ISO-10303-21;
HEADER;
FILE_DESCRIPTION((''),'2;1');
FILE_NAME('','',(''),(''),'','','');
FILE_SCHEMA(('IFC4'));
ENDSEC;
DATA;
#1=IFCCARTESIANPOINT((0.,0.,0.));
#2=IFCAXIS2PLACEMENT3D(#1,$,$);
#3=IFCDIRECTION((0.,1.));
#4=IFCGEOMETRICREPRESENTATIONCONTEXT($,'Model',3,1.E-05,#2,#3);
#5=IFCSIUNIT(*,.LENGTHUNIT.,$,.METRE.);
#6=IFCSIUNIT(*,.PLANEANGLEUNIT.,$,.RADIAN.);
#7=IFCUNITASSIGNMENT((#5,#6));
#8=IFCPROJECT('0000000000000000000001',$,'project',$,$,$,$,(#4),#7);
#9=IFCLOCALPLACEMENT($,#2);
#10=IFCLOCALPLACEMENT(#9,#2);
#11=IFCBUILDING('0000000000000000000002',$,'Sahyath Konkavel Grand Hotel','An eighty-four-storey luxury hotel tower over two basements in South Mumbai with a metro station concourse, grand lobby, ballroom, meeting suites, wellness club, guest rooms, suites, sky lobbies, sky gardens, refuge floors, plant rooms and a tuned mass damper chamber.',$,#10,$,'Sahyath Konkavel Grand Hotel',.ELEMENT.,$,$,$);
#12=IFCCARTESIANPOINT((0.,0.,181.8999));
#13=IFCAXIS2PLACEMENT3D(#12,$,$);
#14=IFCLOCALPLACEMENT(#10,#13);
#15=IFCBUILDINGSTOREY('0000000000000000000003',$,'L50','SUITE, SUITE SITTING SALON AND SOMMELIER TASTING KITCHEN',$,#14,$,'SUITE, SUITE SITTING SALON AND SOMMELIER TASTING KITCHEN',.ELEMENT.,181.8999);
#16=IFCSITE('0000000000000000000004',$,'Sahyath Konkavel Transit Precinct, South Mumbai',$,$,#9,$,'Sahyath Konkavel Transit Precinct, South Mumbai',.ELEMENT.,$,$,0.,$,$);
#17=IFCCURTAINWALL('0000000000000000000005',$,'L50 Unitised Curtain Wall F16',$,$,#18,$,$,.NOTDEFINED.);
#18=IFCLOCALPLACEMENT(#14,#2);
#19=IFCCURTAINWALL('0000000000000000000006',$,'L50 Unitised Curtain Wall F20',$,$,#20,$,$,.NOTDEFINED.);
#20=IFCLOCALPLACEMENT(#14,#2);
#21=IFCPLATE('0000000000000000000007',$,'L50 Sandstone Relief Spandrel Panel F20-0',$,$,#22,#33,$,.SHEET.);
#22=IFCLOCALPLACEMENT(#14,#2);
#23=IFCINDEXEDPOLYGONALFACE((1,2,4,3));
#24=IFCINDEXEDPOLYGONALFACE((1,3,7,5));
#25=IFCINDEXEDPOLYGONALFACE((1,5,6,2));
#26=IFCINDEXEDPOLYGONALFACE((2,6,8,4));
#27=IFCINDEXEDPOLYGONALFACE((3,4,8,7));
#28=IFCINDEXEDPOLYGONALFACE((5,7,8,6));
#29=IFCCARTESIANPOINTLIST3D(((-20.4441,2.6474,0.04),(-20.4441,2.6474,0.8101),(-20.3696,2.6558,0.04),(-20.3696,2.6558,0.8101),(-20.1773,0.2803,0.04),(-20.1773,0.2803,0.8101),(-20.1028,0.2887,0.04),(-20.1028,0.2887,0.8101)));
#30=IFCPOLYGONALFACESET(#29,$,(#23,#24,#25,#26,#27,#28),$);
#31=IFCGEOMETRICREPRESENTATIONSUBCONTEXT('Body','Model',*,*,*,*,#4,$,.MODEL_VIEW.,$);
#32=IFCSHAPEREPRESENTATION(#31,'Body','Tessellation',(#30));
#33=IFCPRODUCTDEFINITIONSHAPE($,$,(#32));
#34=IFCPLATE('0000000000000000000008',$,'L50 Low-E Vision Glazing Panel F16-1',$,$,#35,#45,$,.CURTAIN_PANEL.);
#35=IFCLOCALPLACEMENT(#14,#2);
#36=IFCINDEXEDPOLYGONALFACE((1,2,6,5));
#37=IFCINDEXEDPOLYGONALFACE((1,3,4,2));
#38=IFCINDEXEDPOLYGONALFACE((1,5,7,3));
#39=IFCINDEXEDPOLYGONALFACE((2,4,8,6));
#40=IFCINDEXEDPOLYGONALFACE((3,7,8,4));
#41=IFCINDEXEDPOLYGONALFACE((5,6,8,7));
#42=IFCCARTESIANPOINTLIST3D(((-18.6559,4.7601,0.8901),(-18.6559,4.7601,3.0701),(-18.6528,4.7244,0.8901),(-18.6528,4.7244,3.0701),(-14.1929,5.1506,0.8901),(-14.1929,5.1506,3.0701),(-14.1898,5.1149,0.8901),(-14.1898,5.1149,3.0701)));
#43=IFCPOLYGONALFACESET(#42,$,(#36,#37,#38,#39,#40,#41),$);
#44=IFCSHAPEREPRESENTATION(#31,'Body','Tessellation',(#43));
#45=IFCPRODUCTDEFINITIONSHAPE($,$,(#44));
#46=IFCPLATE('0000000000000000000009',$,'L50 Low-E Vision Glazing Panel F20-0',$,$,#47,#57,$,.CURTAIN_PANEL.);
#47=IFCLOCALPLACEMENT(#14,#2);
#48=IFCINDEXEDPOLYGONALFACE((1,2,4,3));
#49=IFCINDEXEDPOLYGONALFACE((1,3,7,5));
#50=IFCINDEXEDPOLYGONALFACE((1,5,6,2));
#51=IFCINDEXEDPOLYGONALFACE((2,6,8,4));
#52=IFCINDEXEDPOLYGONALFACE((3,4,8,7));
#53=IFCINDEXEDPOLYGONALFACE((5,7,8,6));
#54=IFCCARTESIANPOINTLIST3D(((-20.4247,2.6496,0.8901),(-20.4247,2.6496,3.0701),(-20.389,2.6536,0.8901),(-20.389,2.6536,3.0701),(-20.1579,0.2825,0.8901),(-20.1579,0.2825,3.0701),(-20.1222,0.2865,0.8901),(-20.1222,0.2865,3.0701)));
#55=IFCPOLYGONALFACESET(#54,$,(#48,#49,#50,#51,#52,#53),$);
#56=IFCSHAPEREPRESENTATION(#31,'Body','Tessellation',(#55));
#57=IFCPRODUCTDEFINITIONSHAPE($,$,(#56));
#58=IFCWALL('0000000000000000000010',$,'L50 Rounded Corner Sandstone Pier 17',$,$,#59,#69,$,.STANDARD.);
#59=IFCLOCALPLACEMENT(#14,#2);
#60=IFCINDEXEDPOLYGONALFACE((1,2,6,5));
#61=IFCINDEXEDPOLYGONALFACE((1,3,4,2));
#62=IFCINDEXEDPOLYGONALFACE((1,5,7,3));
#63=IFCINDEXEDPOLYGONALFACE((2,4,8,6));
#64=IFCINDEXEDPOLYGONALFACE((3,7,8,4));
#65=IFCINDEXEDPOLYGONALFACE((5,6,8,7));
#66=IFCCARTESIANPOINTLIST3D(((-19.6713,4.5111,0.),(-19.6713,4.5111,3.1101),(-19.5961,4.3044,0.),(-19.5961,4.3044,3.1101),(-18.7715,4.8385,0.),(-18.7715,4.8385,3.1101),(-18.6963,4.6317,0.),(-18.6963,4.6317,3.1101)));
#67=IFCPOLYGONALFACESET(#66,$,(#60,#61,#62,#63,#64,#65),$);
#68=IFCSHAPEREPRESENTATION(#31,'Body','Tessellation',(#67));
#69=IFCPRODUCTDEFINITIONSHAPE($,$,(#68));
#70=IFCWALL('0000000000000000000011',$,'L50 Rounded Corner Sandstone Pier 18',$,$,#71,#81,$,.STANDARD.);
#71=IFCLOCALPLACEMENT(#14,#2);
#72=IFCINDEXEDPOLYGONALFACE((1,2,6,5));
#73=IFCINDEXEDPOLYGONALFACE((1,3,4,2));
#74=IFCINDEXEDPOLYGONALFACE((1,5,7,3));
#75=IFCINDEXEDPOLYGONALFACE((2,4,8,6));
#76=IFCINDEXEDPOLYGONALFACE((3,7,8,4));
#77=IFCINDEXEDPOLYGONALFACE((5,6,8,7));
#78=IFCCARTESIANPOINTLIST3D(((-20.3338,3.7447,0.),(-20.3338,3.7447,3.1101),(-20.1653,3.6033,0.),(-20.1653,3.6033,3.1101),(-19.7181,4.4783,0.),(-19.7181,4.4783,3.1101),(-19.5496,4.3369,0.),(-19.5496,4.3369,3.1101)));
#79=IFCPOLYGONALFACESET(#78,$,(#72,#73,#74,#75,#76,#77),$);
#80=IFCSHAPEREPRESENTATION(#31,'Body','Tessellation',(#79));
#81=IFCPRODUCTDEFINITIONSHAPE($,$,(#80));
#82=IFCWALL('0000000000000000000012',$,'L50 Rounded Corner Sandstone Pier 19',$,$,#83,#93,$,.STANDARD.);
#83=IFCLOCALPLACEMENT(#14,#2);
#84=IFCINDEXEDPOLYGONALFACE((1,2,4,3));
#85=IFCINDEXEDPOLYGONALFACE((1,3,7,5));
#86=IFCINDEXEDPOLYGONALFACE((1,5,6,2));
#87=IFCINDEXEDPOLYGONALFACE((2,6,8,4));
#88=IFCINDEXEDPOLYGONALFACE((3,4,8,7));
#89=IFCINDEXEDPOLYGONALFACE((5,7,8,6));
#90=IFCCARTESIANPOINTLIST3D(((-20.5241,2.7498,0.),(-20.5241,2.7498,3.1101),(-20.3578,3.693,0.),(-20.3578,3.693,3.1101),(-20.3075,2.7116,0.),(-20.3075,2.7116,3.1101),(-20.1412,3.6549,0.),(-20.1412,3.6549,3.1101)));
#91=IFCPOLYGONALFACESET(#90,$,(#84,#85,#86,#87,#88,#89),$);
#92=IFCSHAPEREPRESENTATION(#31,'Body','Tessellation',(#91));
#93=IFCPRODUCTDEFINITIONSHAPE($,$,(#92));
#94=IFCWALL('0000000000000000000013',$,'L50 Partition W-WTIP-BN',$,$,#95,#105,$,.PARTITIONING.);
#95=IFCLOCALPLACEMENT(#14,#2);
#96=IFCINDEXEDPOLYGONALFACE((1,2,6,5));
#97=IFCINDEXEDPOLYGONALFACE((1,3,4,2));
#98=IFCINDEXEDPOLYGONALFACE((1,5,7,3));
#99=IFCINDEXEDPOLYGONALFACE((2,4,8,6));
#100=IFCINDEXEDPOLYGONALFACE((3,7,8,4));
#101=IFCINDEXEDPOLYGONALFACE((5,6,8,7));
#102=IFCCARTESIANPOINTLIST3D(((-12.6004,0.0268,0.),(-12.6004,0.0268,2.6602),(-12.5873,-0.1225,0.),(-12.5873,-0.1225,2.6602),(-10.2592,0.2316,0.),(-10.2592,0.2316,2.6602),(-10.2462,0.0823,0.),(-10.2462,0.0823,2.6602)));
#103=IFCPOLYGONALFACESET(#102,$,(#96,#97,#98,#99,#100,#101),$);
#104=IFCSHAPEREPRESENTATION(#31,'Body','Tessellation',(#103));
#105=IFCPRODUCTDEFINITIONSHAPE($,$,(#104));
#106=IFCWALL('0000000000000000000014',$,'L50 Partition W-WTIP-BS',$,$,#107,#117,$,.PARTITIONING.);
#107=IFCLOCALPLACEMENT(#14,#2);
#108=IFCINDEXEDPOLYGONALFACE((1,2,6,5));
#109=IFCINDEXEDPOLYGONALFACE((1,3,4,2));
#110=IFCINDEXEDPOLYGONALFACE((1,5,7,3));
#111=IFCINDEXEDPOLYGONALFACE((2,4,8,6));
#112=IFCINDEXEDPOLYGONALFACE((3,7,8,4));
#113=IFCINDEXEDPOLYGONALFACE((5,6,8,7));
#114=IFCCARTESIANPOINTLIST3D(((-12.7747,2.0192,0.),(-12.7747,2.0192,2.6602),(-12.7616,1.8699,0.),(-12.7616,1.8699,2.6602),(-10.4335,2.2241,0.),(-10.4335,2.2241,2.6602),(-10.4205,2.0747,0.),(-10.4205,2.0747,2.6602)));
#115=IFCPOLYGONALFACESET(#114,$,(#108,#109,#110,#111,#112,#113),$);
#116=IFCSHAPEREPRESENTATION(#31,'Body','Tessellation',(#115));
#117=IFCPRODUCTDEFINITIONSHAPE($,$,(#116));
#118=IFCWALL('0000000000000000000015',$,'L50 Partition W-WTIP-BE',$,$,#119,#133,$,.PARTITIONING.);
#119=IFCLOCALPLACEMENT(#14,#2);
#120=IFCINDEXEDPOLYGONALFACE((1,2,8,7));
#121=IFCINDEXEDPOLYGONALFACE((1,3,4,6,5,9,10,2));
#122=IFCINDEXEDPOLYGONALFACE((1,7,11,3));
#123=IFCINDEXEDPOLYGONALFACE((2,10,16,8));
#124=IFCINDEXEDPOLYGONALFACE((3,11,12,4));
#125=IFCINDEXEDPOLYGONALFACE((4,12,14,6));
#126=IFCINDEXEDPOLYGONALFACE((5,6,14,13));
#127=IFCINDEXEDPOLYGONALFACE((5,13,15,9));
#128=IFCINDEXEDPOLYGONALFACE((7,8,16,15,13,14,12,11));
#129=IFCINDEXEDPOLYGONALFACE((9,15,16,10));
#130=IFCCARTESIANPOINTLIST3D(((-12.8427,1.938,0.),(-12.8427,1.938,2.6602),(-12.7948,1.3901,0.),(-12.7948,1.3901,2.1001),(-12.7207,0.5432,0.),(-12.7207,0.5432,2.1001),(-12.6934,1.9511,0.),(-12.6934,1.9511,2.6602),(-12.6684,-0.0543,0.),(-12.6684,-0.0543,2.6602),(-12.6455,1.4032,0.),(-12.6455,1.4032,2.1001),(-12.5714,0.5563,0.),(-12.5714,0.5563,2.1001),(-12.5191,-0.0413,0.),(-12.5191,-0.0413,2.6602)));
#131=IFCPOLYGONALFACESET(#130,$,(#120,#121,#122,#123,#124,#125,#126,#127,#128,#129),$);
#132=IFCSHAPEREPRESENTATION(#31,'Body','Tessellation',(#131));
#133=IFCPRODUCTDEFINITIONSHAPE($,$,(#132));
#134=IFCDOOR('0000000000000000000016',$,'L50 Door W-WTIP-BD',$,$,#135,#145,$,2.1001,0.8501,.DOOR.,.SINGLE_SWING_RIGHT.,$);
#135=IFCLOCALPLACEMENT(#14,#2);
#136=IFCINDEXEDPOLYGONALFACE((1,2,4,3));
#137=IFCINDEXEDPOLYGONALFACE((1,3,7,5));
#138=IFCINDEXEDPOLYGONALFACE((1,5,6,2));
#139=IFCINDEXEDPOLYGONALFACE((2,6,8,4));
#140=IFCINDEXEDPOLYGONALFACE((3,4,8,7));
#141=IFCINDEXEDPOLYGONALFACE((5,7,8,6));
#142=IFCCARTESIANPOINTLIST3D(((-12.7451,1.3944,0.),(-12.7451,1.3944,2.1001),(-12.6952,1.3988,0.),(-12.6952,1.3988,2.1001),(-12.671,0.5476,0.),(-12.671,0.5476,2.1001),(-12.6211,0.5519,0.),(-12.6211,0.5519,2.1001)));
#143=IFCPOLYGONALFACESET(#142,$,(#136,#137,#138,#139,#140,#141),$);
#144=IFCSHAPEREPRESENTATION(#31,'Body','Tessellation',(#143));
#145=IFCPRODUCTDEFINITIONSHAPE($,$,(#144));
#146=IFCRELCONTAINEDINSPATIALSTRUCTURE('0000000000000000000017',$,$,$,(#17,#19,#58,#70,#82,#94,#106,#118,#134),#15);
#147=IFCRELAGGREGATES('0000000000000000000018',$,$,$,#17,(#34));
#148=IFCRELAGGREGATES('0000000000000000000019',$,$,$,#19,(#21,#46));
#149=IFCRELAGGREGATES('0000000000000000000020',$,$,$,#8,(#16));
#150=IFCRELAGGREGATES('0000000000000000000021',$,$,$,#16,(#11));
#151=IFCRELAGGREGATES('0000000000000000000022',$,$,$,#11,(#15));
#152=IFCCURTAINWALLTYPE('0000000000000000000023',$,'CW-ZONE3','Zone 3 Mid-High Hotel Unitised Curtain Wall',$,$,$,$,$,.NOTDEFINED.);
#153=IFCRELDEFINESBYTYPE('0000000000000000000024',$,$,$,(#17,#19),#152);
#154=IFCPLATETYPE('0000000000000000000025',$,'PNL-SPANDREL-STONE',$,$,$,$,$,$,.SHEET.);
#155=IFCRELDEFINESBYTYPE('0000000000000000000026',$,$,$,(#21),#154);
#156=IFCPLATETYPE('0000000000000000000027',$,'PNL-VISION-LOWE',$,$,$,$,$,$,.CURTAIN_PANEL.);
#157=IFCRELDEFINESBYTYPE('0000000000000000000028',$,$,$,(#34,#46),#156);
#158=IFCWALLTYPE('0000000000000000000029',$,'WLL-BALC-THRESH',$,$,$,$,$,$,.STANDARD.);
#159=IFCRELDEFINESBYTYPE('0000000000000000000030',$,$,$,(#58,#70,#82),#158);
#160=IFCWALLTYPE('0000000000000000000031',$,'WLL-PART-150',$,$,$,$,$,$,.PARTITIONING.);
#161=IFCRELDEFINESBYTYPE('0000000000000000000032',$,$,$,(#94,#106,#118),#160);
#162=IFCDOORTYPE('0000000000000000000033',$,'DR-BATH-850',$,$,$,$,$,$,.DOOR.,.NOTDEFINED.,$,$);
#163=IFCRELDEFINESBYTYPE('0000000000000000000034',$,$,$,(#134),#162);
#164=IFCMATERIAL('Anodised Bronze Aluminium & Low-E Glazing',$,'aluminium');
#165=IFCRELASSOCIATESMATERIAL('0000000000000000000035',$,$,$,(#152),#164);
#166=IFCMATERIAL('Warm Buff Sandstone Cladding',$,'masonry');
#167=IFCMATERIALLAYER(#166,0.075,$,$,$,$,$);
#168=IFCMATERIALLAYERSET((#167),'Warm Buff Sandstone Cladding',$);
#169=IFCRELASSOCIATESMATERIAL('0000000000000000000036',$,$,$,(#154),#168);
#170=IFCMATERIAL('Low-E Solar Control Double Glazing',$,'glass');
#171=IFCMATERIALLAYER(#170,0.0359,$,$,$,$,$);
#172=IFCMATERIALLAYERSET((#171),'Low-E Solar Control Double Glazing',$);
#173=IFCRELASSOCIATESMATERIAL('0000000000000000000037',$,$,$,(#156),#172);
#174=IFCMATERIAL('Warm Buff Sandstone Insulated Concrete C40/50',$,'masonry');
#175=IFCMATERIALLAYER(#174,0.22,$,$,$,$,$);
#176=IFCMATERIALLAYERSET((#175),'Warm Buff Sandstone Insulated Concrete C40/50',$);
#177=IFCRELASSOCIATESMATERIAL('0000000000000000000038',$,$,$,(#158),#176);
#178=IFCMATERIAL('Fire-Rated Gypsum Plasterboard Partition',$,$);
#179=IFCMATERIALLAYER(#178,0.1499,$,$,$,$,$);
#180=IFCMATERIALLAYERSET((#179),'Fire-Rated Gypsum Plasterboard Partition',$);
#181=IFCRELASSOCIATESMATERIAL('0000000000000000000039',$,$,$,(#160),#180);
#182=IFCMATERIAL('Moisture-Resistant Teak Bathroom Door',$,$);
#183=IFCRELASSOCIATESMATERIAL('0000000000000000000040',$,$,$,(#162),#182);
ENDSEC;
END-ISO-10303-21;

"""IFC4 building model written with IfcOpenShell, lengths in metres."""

from ifc_helpers import new_model, si_unit, direction, frame, frame_2d, origin, origin_2d, place, context, subcontext, project, spatial, rectangle, extrude, source, transform, mapped, material, layer, layer_set, type_object, element, fill, aggregate, save


model = new_model("IFC4")

# Units and contexts
model_context = context("Model", 3, precision=1e-05, world=origin(), true_north=direction((0.0, 1.0)))
body_context = subcontext(model_context, "Body", "Model", "MODEL_VIEW")
ifc_project = project(units=[si_unit("LENGTHUNIT", "METRE"), si_unit("PLANEANGLEUNIT", "RADIAN")], contexts=[model_context])

# Site, building, storey
site_placement = place(None, origin())
site = spatial("IfcSite", under=ifc_project, at=site_placement, Name="Sahyath Konkavel Transit Precinct, South Mumbai", LongName="Sahyath Konkavel Transit Precinct, South Mumbai", CompositionType="ELEMENT", RefElevation=0.0)
building_placement = place(site_placement, origin())
building = spatial("IfcBuilding", under=site, at=building_placement, Name="Sahyath Konkavel Grand Hotel", Description="An eighty-four-storey luxury hotel tower over two basements in South Mumbai with a metro station concourse, grand lobby, ballroom, meeting suites, wellness club, guest rooms, suites, sky lobbies, sky gardens, refuge floors, plant rooms and a tuned mass damper chamber.", LongName="Sahyath Konkavel Grand Hotel", CompositionType="ELEMENT")
storey_placement = place(building_placement, frame((0.0, 0.0, 181.8999)))
storey = spatial("IfcBuildingStorey", under=building, at=storey_placement, Name="L50", Description="SUITE, SUITE SITTING SALON AND SOMMELIER TASTING KITCHEN", LongName="SUITE, SUITE SITTING SALON AND SOMMELIER TASTING KITCHEN", CompositionType="ELEMENT", Elevation=181.8999)

# Curtain walls
ifc_material_1 = material(Name="Anodised Bronze Aluminium & Low-E Glazing", Category="aluminium")
curtain_wall_type = type_object("IfcCurtainWallType", Name="CW-ZONE3", Description="Zone 3 Mid-High Hotel Unitised Curtain Wall", PredefinedType="NOTDEFINED", material=ifc_material_1)
curtain_wall_1_placement = place(storey_placement, origin())
curtain_wall_1 = element("IfcCurtainWall", 1, at=curtain_wall_1_placement, inside=storey, type_object=curtain_wall_type, Name="L50 Unitised Curtain Wall F16", PredefinedType="NOTDEFINED")
curtain_wall_2_placement = place(storey_placement, origin())
curtain_wall_2 = element("IfcCurtainWall", 2, at=curtain_wall_2_placement, inside=storey, type_object=curtain_wall_type, Name="L50 Unitised Curtain Wall F20", PredefinedType="NOTDEFINED")

# Plates
ifc_material_2 = material(Name="Warm Buff Sandstone Cladding", Category="masonry")
ifc_layer_1 = layer(ifc_material_2, 0.075)
ifc_layer_set_1 = layer_set([ifc_layer_1], Name="Warm Buff Sandstone Cladding")
plate_type_1 = type_object("IfcPlateType", Name="PNL-SPANDREL-STONE", PredefinedType="SHEET", material=ifc_layer_set_1)
shared_shape_1 = source(origin(), body_context, "Body", "SweptSolid", [
    extrude(rectangle(XDim=2.3821, YDim=0.075, at=origin_2d()), origin(), (0.0, 0.0, 1.0), 0.77),
])
plate_1_placement = place(storey_placement, frame((-20.2734, 1.468, 0.04), z_axis=(0.0, 0.0, 1.0), x_axis=(0.111989, -0.993709, 0.0)))
plate_1 = element("IfcPlate", 3, at=plate_1_placement, type_object=plate_type_1, Name="L50 Sandstone Relief Spandrel Panel F20-0", PredefinedType="SHEET", context=body_context, shape_type="MappedRepresentation", body=[
    mapped(shared_shape_1, transform((0.0, 0.0, 0.0), scale=1.0)),
])
ifc_material_3 = material(Name="Low-E Solar Control Double Glazing", Category="glass")
ifc_layer_2 = layer(ifc_material_3, 0.0359)
ifc_layer_set_2 = layer_set([ifc_layer_2], Name="Low-E Solar Control Double Glazing")
plate_type_2 = type_object("IfcPlateType", Name="PNL-VISION-LOWE", PredefinedType="CURTAIN_PANEL", material=ifc_layer_set_2)
shared_shape_2 = source(origin(), body_context, "Body", "SweptSolid", [
    extrude(rectangle(XDim=4.48, YDim=0.0359, at=origin_2d()), origin(), (0.0, 0.0, 1.0), 2.1799),
])
plate_2_placement = place(storey_placement, frame((-16.4229, 4.9375, 0.8901), z_axis=(0.0, 0.0, 1.0), x_axis=(-0.996195, -0.087156, 0.0)))
plate_2 = element("IfcPlate", 4, at=plate_2_placement, type_object=plate_type_2, Name="L50 Low-E Vision Glazing Panel F16-1", PredefinedType="CURTAIN_PANEL", context=body_context, shape_type="MappedRepresentation", body=[
    mapped(shared_shape_2, transform((0.0, 0.0, 0.0), scale=1.0)),
])
aggregate(curtain_wall_1, [plate_2])
shared_shape_3 = source(origin(), body_context, "Body", "SweptSolid", [
    extrude(rectangle(XDim=2.3821, YDim=0.0359, at=origin_2d()), origin(), (0.0, 0.0, 1.0), 2.1799),
])
plate_3_placement = place(storey_placement, frame((-20.2734, 1.468, 0.8901), z_axis=(0.0, 0.0, 1.0), x_axis=(0.111989, -0.993709, 0.0)))
plate_3 = element("IfcPlate", 5, at=plate_3_placement, type_object=plate_type_2, Name="L50 Low-E Vision Glazing Panel F20-0", PredefinedType="CURTAIN_PANEL", context=body_context, shape_type="MappedRepresentation", body=[
    mapped(shared_shape_3, transform((0.0, 0.0, 0.0), scale=1.0)),
])
aggregate(curtain_wall_2, [plate_1, plate_3])

# Walls
ifc_material_4 = material(Name="Warm Buff Sandstone Insulated Concrete C40/50", Category="masonry")
ifc_layer_3 = layer(ifc_material_4, 0.22)
ifc_layer_set_3 = layer_set([ifc_layer_3], Name="Warm Buff Sandstone Insulated Concrete C40/50")
wall_type_1 = type_object("IfcWallType", Name="WLL-BALC-THRESH", PredefinedType="STANDARD", material=ifc_layer_set_3)
wall_1_placement = place(storey_placement, frame((-18.7339, 4.7351, 0.0), z_axis=(0.0, 0.0, 1.0), x_axis=(-0.939741, -0.341886, 0.0)))
element("IfcWall", 6, at=wall_1_placement, inside=storey, type_object=wall_type_1, Name="L50 Rounded Corner Sandstone Pier 17", PredefinedType="STANDARD", context=body_context, shape_type="SweptSolid", body=[
    extrude(rectangle(XDim=0.9575, YDim=0.22, at=frame_2d((0.4788, 0.0))), origin(), (0.0, 0.0, 1.0), 3.1101),
])
for number, where, z_axis, x_axis, name in (
    (7, (-19.6338, 4.4077, 0.0), (0.0, 0.0, 1.0), (-0.642863, -0.765981, 0.0), "L50 Rounded Corner Sandstone Pier 18"),
    (8, (-20.2495, 3.6741, 0.0), (0.0, 0.0, 1.0), (-0.173611, -0.984814, 0.0), "L50 Rounded Corner Sandstone Pier 19"),
):
    element("IfcWall", number, at=place(storey_placement, frame(where, z_axis=z_axis, x_axis=x_axis)), inside=storey, type_object=wall_type_1, Name=name, PredefinedType="STANDARD", context=body_context, shape_type="SweptSolid", body=[
        extrude(rectangle(XDim=0.9578, YDim=0.22, at=frame_2d((0.479, 0.0))), origin(), (0.0, 0.0, 1.0), 3.1101),
    ])
ifc_material_5 = material(Name="Fire-Rated Gypsum Plasterboard Partition")
ifc_layer_4 = layer(ifc_material_5, 0.1499)
ifc_layer_set_4 = layer_set([ifc_layer_4], Name="Fire-Rated Gypsum Plasterboard Partition")
wall_type_2 = type_object("IfcWallType", Name="WLL-PART-150", PredefinedType="PARTITIONING", material=ifc_layer_set_4)
for number, where, z_axis, x_axis, name in (
    (9, (-10.2527, 0.157, 0.0), (0.0, 0.0, 1.0), (-0.996194, -0.087163, 0.0), "L50 Partition W-WTIP-BN"),
    (10, (-10.427, 2.1494, 0.0), (0.0, 0.0, 1.0), (-0.996194, -0.087163, 0.0), "L50 Partition W-WTIP-BS"),
):
    element("IfcWall", number, at=place(storey_placement, frame(where, z_axis=z_axis, x_axis=x_axis)), inside=storey, type_object=wall_type_2, Name=name, PredefinedType="PARTITIONING", context=body_context, shape_type="SweptSolid", body=[
        extrude(rectangle(XDim=2.3501, YDim=0.1499, at=frame_2d((1.175, 0.0))), origin(), (0.0, 0.0, 1.0), 2.6602),
    ])

# Wall, opening, door
wall_2_placement = place(storey_placement, frame((-12.7681, 1.9446, 0.0), z_axis=(0.0, 0.0, 1.0), x_axis=(0.087156, -0.996195, 0.0)))
wall_2 = element("IfcWall", 11, at=wall_2_placement, inside=storey, type_object=wall_type_2, Name="L50 Partition W-WTIP-BE", PredefinedType="PARTITIONING", context=body_context, shape_type="SweptSolid", body=[
    extrude(rectangle(XDim=2.0, YDim=0.1499, at=frame_2d((1.0, 0.0))), origin(), (0.0, 0.0, 1.0), 2.6602),
])
opening_placement = place(wall_2_placement, frame((0.55, 0.0, 0.0)))
opening = element("IfcOpeningElement", 12, at=opening_placement, cuts=wall_2, PredefinedType="OPENING", context=body_context, shape_type="SweptSolid", body=[
    extrude(rectangle(XDim=0.8501, YDim=2.1001, at=frame_2d((0.425, 1.05))), frame((0.0, 0.085, 0.0), z_axis=(0.0, -1.0, 0.0), x_axis=(1.0, 0.0, 0.0)), (0.0, 0.0, 1.0), 0.1699),
])
ifc_material_6 = material(Name="Moisture-Resistant Teak Bathroom Door")
door_type = type_object("IfcDoorType", Name="DR-BATH-850", OperationType="NOTDEFINED", PredefinedType="DOOR", material=ifc_material_6)
shared_shape_4 = source(origin(), body_context, "Body", "SweptSolid", [
    extrude(rectangle(XDim=0.8501, YDim=0.05, at=origin_2d()), origin(), (0.0, 0.0, 1.0), 2.1001),
])
door_placement = place(opening_placement, frame((0.425, 0.0, 0.0)))
door = element("IfcDoor", 13, at=door_placement, inside=storey, type_object=door_type, Name="L50 Door W-WTIP-BD", OperationType="SINGLE_SWING_RIGHT", OverallHeight=2.1001, OverallWidth=0.8501, PredefinedType="DOOR", context=body_context, shape_type="MappedRepresentation", body=[
    mapped(shared_shape_4, transform((0.0, 0.0, 0.0), scale=1.0)),
])
fill(opening, door)

save(model, "model.ifc")
